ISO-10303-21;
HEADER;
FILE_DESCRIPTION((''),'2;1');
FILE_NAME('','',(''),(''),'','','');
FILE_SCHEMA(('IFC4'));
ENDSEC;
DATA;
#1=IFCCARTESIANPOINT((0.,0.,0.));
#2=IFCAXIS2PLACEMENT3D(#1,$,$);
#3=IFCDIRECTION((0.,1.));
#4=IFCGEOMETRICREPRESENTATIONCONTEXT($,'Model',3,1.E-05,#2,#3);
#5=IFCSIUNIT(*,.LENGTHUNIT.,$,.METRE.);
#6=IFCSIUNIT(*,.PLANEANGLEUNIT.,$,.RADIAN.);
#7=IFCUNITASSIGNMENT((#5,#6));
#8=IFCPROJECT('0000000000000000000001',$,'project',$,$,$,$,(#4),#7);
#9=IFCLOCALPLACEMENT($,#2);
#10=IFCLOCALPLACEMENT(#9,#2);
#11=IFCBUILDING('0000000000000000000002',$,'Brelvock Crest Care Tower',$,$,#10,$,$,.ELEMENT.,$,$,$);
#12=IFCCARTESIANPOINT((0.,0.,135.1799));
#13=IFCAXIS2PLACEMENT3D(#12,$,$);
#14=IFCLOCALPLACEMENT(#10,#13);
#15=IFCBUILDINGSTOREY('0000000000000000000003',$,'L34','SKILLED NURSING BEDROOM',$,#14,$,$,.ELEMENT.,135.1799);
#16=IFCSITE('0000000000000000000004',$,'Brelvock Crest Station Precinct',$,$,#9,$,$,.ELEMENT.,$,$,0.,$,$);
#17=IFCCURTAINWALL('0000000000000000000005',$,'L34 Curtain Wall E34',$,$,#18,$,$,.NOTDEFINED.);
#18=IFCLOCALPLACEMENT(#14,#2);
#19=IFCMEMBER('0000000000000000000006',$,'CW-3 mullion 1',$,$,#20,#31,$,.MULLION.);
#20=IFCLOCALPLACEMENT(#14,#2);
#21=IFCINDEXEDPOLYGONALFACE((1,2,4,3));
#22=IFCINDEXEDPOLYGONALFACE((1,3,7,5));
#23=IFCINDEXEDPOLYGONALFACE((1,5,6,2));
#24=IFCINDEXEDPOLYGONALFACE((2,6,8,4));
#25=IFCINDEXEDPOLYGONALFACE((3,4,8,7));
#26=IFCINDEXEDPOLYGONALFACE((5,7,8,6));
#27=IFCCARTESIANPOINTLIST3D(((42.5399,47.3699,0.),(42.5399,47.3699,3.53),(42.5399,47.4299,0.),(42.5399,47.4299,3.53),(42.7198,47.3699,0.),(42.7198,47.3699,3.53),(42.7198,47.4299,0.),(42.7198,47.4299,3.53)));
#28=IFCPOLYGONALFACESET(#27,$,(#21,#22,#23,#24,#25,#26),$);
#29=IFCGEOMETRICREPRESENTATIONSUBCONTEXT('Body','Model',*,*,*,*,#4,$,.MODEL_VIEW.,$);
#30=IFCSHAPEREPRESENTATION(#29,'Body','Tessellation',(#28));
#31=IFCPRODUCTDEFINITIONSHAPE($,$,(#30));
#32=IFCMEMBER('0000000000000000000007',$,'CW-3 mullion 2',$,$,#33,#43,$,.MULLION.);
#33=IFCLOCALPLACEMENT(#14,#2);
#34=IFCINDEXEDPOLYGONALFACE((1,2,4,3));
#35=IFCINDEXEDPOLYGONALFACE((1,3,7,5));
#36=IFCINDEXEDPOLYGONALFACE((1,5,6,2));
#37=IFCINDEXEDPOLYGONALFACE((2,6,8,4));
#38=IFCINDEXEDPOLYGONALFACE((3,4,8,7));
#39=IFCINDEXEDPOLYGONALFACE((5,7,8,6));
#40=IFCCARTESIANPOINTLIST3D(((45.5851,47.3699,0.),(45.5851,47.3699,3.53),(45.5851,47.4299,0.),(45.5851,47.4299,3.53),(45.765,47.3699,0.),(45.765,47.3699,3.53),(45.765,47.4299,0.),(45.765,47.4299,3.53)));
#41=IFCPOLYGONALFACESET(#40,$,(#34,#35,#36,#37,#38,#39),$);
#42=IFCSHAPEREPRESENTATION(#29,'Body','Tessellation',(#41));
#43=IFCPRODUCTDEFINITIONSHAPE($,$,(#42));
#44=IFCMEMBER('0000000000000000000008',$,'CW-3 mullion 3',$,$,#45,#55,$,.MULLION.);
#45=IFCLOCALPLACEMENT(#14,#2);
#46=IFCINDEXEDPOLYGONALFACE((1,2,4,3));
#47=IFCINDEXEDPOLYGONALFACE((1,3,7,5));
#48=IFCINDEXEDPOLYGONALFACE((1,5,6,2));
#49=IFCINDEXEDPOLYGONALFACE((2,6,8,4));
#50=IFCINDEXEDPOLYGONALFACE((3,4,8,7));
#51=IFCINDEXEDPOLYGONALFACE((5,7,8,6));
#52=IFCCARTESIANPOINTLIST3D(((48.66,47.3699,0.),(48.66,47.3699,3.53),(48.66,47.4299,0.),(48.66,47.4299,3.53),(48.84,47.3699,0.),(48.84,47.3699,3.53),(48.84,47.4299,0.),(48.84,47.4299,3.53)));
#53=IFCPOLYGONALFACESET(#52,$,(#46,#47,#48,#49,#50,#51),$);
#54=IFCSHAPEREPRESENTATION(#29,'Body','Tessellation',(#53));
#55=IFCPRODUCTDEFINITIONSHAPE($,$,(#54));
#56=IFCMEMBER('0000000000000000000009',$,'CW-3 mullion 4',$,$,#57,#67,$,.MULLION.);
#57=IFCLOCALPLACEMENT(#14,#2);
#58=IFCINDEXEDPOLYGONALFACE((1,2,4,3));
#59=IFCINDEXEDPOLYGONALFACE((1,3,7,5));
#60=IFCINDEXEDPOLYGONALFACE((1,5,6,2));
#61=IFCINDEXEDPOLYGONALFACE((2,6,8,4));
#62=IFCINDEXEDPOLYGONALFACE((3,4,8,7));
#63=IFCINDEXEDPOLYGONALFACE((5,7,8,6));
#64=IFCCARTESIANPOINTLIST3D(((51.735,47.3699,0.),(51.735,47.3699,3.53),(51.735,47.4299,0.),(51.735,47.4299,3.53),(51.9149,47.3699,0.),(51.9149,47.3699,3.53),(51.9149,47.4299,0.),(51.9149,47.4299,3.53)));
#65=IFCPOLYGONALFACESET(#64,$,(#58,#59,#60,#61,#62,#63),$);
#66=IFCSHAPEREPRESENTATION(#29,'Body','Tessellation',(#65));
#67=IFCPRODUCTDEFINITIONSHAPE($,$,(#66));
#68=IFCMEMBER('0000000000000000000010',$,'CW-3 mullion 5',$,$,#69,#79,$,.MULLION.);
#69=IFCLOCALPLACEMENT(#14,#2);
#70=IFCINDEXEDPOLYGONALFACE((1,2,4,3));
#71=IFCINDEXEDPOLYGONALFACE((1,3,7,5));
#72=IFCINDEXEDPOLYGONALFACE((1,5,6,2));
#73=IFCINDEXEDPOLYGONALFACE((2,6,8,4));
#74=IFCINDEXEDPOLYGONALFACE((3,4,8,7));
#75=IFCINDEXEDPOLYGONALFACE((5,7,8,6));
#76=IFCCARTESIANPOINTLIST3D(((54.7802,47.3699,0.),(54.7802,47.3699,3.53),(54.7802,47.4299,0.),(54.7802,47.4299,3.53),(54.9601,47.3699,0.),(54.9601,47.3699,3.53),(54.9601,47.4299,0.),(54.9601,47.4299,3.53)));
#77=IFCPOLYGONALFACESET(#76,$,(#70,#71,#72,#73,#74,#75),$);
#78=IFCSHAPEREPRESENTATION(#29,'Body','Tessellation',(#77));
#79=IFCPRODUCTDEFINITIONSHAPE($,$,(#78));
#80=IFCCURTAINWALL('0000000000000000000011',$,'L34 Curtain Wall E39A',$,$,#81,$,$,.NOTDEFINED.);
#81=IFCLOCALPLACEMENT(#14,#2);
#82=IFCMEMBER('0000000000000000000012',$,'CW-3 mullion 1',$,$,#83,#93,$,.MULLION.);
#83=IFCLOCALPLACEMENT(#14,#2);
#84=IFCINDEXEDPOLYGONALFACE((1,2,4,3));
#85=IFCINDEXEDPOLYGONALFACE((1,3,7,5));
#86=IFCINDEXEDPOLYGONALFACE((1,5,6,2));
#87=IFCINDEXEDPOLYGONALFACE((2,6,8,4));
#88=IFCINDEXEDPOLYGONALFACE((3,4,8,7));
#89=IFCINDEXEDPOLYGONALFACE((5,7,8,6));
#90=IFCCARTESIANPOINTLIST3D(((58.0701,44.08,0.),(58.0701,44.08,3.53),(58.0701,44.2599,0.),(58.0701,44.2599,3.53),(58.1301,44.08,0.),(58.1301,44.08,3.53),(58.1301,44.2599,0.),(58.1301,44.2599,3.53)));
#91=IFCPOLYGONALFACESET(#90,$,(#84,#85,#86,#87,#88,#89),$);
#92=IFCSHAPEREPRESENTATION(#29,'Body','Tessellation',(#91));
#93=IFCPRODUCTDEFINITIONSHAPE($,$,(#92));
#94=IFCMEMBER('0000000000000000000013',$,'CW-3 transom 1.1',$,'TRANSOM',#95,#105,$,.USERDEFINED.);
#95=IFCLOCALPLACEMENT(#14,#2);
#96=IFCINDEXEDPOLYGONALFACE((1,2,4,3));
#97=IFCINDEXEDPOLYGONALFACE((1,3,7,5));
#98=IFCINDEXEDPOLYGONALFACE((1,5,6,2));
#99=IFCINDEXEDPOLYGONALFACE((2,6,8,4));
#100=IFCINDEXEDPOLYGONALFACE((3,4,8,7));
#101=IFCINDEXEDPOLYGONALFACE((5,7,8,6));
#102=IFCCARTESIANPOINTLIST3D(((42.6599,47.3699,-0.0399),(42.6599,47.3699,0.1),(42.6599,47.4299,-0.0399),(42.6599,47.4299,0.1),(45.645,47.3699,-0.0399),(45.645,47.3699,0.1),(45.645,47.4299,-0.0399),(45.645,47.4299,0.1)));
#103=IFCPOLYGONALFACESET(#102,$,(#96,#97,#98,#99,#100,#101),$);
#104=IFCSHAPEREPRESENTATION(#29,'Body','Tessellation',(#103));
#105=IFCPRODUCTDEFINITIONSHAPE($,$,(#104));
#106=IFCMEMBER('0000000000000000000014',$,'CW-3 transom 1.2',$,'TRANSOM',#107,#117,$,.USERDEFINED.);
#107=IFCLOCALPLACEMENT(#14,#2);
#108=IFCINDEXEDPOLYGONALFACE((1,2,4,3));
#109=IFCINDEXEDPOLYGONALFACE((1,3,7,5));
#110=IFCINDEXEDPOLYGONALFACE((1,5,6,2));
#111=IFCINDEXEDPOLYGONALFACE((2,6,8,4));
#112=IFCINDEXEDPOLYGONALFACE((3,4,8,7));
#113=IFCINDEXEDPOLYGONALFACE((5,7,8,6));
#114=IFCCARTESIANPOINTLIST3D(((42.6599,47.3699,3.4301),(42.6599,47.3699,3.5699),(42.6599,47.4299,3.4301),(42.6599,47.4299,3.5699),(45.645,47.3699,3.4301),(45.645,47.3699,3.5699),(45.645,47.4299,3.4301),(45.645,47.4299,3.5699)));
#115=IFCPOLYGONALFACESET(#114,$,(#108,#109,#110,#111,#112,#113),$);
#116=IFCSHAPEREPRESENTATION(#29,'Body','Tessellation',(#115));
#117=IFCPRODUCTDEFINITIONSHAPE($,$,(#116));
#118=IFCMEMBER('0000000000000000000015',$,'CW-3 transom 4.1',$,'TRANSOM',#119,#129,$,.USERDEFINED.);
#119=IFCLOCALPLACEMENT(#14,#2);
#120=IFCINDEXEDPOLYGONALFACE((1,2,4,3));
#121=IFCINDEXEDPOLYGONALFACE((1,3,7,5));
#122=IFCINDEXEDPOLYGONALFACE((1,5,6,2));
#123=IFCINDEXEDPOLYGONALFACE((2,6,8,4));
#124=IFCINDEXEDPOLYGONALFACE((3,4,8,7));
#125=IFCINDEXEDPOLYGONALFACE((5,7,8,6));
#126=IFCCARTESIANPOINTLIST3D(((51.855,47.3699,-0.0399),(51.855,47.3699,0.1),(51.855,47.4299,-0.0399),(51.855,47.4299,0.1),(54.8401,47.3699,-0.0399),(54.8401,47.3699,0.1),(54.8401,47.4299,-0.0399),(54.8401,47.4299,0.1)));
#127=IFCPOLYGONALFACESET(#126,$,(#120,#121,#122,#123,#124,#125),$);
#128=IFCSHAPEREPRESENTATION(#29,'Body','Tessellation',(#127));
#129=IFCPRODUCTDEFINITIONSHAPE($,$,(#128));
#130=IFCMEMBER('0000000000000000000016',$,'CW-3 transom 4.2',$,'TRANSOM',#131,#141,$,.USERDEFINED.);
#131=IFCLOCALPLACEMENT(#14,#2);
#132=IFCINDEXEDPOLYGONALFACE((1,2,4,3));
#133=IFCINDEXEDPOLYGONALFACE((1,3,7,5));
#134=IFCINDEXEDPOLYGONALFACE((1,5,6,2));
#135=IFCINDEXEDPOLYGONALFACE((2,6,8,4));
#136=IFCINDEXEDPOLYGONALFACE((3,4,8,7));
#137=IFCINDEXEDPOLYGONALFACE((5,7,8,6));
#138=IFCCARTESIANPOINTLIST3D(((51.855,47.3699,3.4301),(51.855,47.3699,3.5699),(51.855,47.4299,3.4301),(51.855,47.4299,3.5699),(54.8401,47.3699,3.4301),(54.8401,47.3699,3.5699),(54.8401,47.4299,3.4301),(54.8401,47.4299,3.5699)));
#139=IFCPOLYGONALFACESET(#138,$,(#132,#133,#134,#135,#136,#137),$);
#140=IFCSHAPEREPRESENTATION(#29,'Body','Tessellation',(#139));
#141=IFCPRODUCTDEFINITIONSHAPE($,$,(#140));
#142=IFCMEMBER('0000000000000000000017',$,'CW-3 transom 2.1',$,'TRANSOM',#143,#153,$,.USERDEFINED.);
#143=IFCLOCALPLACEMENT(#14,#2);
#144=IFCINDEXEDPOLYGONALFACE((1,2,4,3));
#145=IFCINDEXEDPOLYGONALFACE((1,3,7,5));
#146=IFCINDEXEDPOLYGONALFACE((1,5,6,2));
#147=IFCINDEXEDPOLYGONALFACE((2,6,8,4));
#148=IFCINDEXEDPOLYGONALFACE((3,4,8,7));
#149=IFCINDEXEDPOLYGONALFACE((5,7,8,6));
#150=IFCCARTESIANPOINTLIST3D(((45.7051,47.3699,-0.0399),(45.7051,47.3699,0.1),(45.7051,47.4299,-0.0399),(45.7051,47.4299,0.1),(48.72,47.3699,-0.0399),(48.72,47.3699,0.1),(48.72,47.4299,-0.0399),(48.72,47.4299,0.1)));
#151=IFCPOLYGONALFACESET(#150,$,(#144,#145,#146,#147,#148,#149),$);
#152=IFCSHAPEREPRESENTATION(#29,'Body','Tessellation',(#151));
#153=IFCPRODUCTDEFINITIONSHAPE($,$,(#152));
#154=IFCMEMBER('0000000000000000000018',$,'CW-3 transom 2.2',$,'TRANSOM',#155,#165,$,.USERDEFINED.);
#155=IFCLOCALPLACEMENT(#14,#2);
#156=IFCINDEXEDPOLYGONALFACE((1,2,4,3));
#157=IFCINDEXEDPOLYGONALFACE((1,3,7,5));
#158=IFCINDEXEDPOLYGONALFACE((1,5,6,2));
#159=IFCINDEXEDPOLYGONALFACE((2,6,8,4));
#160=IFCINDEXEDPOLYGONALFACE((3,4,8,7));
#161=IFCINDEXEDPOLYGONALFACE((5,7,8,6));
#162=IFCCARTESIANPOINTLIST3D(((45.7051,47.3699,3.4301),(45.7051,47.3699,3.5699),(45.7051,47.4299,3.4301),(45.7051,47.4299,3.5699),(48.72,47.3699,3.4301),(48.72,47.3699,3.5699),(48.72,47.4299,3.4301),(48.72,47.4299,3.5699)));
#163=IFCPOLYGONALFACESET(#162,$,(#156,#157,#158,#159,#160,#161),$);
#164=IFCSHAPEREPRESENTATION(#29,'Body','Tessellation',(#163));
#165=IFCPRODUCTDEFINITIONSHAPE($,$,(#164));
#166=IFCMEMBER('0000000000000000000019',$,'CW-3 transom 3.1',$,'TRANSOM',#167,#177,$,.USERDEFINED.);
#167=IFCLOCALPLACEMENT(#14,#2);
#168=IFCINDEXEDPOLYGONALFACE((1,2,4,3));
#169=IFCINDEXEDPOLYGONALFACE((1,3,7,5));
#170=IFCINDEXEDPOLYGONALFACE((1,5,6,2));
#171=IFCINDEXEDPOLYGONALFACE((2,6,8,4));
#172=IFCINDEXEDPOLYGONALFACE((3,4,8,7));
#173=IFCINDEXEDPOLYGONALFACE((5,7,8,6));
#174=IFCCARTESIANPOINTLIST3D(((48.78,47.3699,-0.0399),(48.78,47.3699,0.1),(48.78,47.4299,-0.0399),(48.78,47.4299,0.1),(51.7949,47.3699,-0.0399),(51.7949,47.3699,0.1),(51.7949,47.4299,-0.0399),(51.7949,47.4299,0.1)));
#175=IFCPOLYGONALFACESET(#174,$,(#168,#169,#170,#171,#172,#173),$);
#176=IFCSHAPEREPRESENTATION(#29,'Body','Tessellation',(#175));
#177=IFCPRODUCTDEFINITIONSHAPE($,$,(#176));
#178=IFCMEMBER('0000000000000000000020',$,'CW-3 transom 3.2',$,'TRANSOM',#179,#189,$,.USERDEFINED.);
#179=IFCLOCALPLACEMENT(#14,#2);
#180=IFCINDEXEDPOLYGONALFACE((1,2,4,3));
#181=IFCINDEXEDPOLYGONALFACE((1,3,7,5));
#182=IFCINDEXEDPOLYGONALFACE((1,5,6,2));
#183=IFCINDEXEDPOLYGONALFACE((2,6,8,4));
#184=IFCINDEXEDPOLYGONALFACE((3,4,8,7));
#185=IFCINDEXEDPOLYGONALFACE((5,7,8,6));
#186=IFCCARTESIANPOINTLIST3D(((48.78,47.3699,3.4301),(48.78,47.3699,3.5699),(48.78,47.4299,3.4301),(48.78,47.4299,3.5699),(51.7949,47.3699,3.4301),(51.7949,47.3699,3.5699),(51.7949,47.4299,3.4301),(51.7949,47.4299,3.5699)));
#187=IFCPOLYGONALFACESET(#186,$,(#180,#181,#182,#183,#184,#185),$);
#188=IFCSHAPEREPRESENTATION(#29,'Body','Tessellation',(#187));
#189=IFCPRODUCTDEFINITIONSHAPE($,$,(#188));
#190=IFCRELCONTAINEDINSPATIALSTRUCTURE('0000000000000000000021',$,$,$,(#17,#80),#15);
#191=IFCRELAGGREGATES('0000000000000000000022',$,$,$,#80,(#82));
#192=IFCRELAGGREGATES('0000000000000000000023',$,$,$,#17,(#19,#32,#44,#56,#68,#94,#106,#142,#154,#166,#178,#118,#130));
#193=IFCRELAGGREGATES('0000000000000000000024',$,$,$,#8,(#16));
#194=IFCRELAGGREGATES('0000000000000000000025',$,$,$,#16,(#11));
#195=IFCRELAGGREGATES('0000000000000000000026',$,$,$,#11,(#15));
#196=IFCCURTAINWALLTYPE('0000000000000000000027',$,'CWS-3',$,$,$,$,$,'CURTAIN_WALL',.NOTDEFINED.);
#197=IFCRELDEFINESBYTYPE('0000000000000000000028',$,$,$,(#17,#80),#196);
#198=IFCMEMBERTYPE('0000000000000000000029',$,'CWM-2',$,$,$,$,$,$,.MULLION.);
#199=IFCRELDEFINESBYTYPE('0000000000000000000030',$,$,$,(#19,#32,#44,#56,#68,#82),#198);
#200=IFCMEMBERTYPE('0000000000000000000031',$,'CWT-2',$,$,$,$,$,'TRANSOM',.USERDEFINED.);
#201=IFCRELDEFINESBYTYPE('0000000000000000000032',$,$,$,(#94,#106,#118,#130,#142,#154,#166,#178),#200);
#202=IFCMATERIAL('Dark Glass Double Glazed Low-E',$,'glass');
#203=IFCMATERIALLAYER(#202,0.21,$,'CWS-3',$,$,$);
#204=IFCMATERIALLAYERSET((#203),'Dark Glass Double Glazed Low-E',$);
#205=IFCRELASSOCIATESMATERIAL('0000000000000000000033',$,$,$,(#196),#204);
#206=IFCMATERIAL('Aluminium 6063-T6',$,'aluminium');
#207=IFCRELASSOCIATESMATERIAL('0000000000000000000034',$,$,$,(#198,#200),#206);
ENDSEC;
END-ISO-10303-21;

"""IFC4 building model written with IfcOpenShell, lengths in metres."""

from ifc_helpers import new_model, si_unit, direction, frame, origin, origin_2d, place, context, subcontext, project, spatial, rectangle, extrude, source, transform, mapped, material, layer, layer_set, material_profile, profile_set, type_object, element, aggregate, save


model = new_model("IFC4")

# Units and contexts
model_context = context("Model", 3, precision=1e-05, world=origin(), true_north=direction((0.0, 1.0)))
body_context = subcontext(model_context, "Body", "Model", "MODEL_VIEW")
ifc_project = project(units=[si_unit("LENGTHUNIT", "METRE"), si_unit("PLANEANGLEUNIT", "RADIAN")], contexts=[model_context])

# Site, building, storey
site_placement = place(None, origin())
site = spatial("IfcSite", under=ifc_project, at=site_placement, Name="Brelvock Crest Station Precinct", CompositionType="ELEMENT", RefElevation=0.0)
building_placement = place(site_placement, origin())
building = spatial("IfcBuilding", under=site, at=building_placement, Name="Brelvock Crest Care Tower", CompositionType="ELEMENT")
storey_placement = place(building_placement, frame((0.0, 0.0, 135.1799)))
storey = spatial("IfcBuildingStorey", under=building, at=storey_placement, Name="L34", Description="SKILLED NURSING BEDROOM", CompositionType="ELEMENT", Elevation=135.1799)

# Curtain wall, members
ifc_material_1 = material(Name="Dark Glass Double Glazed Low-E", Category="glass")
ifc_layer_1 = layer(ifc_material_1, 0.21, Name="CWS-3")
ifc_layer_set_1 = layer_set([ifc_layer_1], Name="Dark Glass Double Glazed Low-E")
curtain_wall_type = type_object("IfcCurtainWallType", Name="CWS-3", ElementType="CURTAIN_WALL", PredefinedType="NOTDEFINED", material=ifc_layer_set_1)
curtain_wall_1_placement = place(storey_placement, origin())
curtain_wall_1 = element("IfcCurtainWall", 1, at=curtain_wall_1_placement, inside=storey, type_object=curtain_wall_type, Name="L34 Curtain Wall E34", PredefinedType="NOTDEFINED")
ifc_material_2 = material(Name="Aluminium 6063-T6", Category="aluminium")
ifc_material_profile_1 = material_profile(ifc_material_2, rectangle(XDim=0.0601, YDim=0.1799, at=origin_2d()), Name="ALU60x180")
ifc_profile_set_1 = profile_set([ifc_material_profile_1], Name="Aluminium 6063-T6")
member_type_1 = type_object("IfcMemberType", Name="CWM-2", PredefinedType="MULLION", material=ifc_profile_set_1)
shared_shape_1 = source(origin(), body_context, "Body", "SweptSolid", [
    extrude(rectangle(XDim=0.0601, YDim=0.1799, at=origin_2d()), origin(), (0.0, 0.0, 1.0), 3.53),
])
member_1_placement = place(storey_placement, frame((42.6299, 47.3999, 0.0), z_axis=(0.0, 0.0, 1.0), x_axis=(0.0, 1.0, 0.0)))
member_1 = element("IfcMember", 2, at=member_1_placement, type_object=member_type_1, Name="CW-3 mullion 1", PredefinedType="MULLION", context=body_context, shape_type="MappedRepresentation", body=[
    mapped(shared_shape_1, transform((0.0, 0.0, 0.0), x_axis=(1.0, 0.0, 0.0), y_axis=(0.0, 1.0, 0.0), z_axis=(0.0, 0.0, 1.0), scale=1.0)),
])
member_2_placement = place(storey_placement, frame((45.675, 47.3999, 0.0), z_axis=(0.0, 0.0, 1.0), x_axis=(0.0, 1.0, 0.0)))
member_2 = element("IfcMember", 3, at=member_2_placement, type_object=member_type_1, Name="CW-3 mullion 2", PredefinedType="MULLION", context=body_context, shape_type="MappedRepresentation", body=[
    mapped(shared_shape_1, transform((0.0, 0.0, 0.0), x_axis=(1.0, 0.0, 0.0), y_axis=(0.0, 1.0, 0.0), z_axis=(0.0, 0.0, 1.0), scale=1.0)),
])
member_3_placement = place(storey_placement, frame((48.75, 47.3999, 0.0), z_axis=(0.0, 0.0, 1.0), x_axis=(0.0, 1.0, 0.0)))
member_3 = element("IfcMember", 4, at=member_3_placement, type_object=member_type_1, Name="CW-3 mullion 3", PredefinedType="MULLION", context=body_context, shape_type="MappedRepresentation", body=[
    mapped(shared_shape_1, transform((0.0, 0.0, 0.0), x_axis=(1.0, 0.0, 0.0), y_axis=(0.0, 1.0, 0.0), z_axis=(0.0, 0.0, 1.0), scale=1.0)),
])
member_4_placement = place(storey_placement, frame((51.825, 47.3999, 0.0), z_axis=(0.0, 0.0, 1.0), x_axis=(0.0, 1.0, 0.0)))
member_4 = element("IfcMember", 5, at=member_4_placement, type_object=member_type_1, Name="CW-3 mullion 4", PredefinedType="MULLION", context=body_context, shape_type="MappedRepresentation", body=[
    mapped(shared_shape_1, transform((0.0, 0.0, 0.0), x_axis=(1.0, 0.0, 0.0), y_axis=(0.0, 1.0, 0.0), z_axis=(0.0, 0.0, 1.0), scale=1.0)),
])
member_5_placement = place(storey_placement, frame((54.8701, 47.3999, 0.0), z_axis=(0.0, 0.0, 1.0), x_axis=(0.0, 1.0, 0.0)))
member_5 = element("IfcMember", 6, at=member_5_placement, type_object=member_type_1, Name="CW-3 mullion 5", PredefinedType="MULLION", context=body_context, shape_type="MappedRepresentation", body=[
    mapped(shared_shape_1, transform((0.0, 0.0, 0.0), x_axis=(1.0, 0.0, 0.0), y_axis=(0.0, 1.0, 0.0), z_axis=(0.0, 0.0, 1.0), scale=1.0)),
])

# Curtain wall, member
curtain_wall_2_placement = place(storey_placement, origin())
curtain_wall_2 = element("IfcCurtainWall", 7, at=curtain_wall_2_placement, inside=storey, type_object=curtain_wall_type, Name="L34 Curtain Wall E39A", PredefinedType="NOTDEFINED")
member_6_placement = place(storey_placement, frame((58.1001, 44.1699, 0.0), z_axis=(0.0, 0.0, 1.0), x_axis=(1.0, 0.0, 0.0)))
member_6 = element("IfcMember", 8, at=member_6_placement, type_object=member_type_1, Name="CW-3 mullion 1", PredefinedType="MULLION", context=body_context, shape_type="MappedRepresentation", body=[
    mapped(shared_shape_1, transform((0.0, 0.0, 0.0), x_axis=(1.0, 0.0, 0.0), y_axis=(0.0, 1.0, 0.0), z_axis=(0.0, 0.0, 1.0), scale=1.0)),
])

# Members
ifc_material_profile_2 = material_profile(ifc_material_2, rectangle(XDim=0.0601, YDim=0.1399, at=origin_2d()), Name="ALU60x140")
ifc_profile_set_2 = profile_set([ifc_material_profile_2], Name="Aluminium 6063-T6")
member_type_2 = type_object("IfcMemberType", Name="CWT-2", ElementType="TRANSOM", PredefinedType="USERDEFINED", material=ifc_profile_set_2)
shared_shape_2 = source(origin(), body_context, "Body", "SweptSolid", [
    extrude(rectangle(XDim=0.0601, YDim=0.1399, at=origin_2d()), origin(), (0.0, 0.0, 1.0), 2.9851),
])
member_7_placement = place(storey_placement, frame((42.6599, 47.3999, 0.03), z_axis=(1.0, 0.0, 0.0), x_axis=(0.0, 1.0, 0.0)))
member_7 = element("IfcMember", 9, at=member_7_placement, type_object=member_type_2, Name="CW-3 transom 1.1", ObjectType="TRANSOM", PredefinedType="USERDEFINED", context=body_context, shape_type="MappedRepresentation", body=[
    mapped(shared_shape_2, transform((0.0, 0.0, 0.0), x_axis=(1.0, 0.0, 0.0), y_axis=(0.0, 1.0, 0.0), z_axis=(0.0, 0.0, 1.0), scale=1.0)),
])
member_8_placement = place(storey_placement, frame((42.6599, 47.3999, 3.5), z_axis=(1.0, 0.0, 0.0), x_axis=(0.0, 1.0, 0.0)))
member_8 = element("IfcMember", 10, at=member_8_placement, type_object=member_type_2, Name="CW-3 transom 1.2", ObjectType="TRANSOM", PredefinedType="USERDEFINED", context=body_context, shape_type="MappedRepresentation", body=[
    mapped(shared_shape_2, transform((0.0, 0.0, 0.0), x_axis=(1.0, 0.0, 0.0), y_axis=(0.0, 1.0, 0.0), z_axis=(0.0, 0.0, 1.0), scale=1.0)),
])
member_9_placement = place(storey_placement, frame((51.855, 47.3999, 0.03), z_axis=(1.0, 0.0, 0.0), x_axis=(0.0, 1.0, 0.0)))
member_9 = element("IfcMember", 11, at=member_9_placement, type_object=member_type_2, Name="CW-3 transom 4.1", ObjectType="TRANSOM", PredefinedType="USERDEFINED", context=body_context, shape_type="MappedRepresentation", body=[
    mapped(shared_shape_2, transform((0.0, 0.0, 0.0), x_axis=(1.0, 0.0, 0.0), y_axis=(0.0, 1.0, 0.0), z_axis=(0.0, 0.0, 1.0), scale=1.0)),
])
member_10_placement = place(storey_placement, frame((51.855, 47.3999, 3.5), z_axis=(1.0, 0.0, 0.0), x_axis=(0.0, 1.0, 0.0)))
member_10 = element("IfcMember", 12, at=member_10_placement, type_object=member_type_2, Name="CW-3 transom 4.2", ObjectType="TRANSOM", PredefinedType="USERDEFINED", context=body_context, shape_type="MappedRepresentation", body=[
    mapped(shared_shape_2, transform((0.0, 0.0, 0.0), x_axis=(1.0, 0.0, 0.0), y_axis=(0.0, 1.0, 0.0), z_axis=(0.0, 0.0, 1.0), scale=1.0)),
])
shared_shape_3 = source(origin(), body_context, "Body", "SweptSolid", [
    extrude(rectangle(XDim=0.0601, YDim=0.1399, at=origin_2d()), origin(), (0.0, 0.0, 1.0), 3.0149),
])
member_11_placement = place(storey_placement, frame((45.7051, 47.3999, 0.03), z_axis=(1.0, 0.0, 0.0), x_axis=(0.0, 1.0, 0.0)))
member_11 = element("IfcMember", 13, at=member_11_placement, type_object=member_type_2, Name="CW-3 transom 2.1", ObjectType="TRANSOM", PredefinedType="USERDEFINED", context=body_context, shape_type="MappedRepresentation", body=[
    mapped(shared_shape_3, transform((0.0, 0.0, 0.0), x_axis=(1.0, 0.0, 0.0), y_axis=(0.0, 1.0, 0.0), z_axis=(0.0, 0.0, 1.0), scale=1.0)),
])
member_12_placement = place(storey_placement, frame((45.7051, 47.3999, 3.5), z_axis=(1.0, 0.0, 0.0), x_axis=(0.0, 1.0, 0.0)))
member_12 = element("IfcMember", 14, at=member_12_placement, type_object=member_type_2, Name="CW-3 transom 2.2", ObjectType="TRANSOM", PredefinedType="USERDEFINED", context=body_context, shape_type="MappedRepresentation", body=[
    mapped(shared_shape_3, transform((0.0, 0.0, 0.0), x_axis=(1.0, 0.0, 0.0), y_axis=(0.0, 1.0, 0.0), z_axis=(0.0, 0.0, 1.0), scale=1.0)),
])
member_13_placement = place(storey_placement, frame((48.78, 47.3999, 0.03), z_axis=(1.0, 0.0, 0.0), x_axis=(0.0, 1.0, 0.0)))
member_13 = element("IfcMember", 15, at=member_13_placement, type_object=member_type_2, Name="CW-3 transom 3.1", ObjectType="TRANSOM", PredefinedType="USERDEFINED", context=body_context, shape_type="MappedRepresentation", body=[
    mapped(shared_shape_3, transform((0.0, 0.0, 0.0), x_axis=(1.0, 0.0, 0.0), y_axis=(0.0, 1.0, 0.0), z_axis=(0.0, 0.0, 1.0), scale=1.0)),
])
member_14_placement = place(storey_placement, frame((48.78, 47.3999, 3.5), z_axis=(1.0, 0.0, 0.0), x_axis=(0.0, 1.0, 0.0)))
member_14 = element("IfcMember", 16, at=member_14_placement, type_object=member_type_2, Name="CW-3 transom 3.2", ObjectType="TRANSOM", PredefinedType="USERDEFINED", context=body_context, shape_type="MappedRepresentation", body=[
    mapped(shared_shape_3, transform((0.0, 0.0, 0.0), x_axis=(1.0, 0.0, 0.0), y_axis=(0.0, 1.0, 0.0), z_axis=(0.0, 0.0, 1.0), scale=1.0)),
])
aggregate(curtain_wall_2, [member_6])

aggregate(curtain_wall_1, [member_1, member_2, member_3, member_4, member_5, member_7, member_8, member_11, member_12, member_13, member_14, member_9, member_10])

save(model, "model.ifc")
